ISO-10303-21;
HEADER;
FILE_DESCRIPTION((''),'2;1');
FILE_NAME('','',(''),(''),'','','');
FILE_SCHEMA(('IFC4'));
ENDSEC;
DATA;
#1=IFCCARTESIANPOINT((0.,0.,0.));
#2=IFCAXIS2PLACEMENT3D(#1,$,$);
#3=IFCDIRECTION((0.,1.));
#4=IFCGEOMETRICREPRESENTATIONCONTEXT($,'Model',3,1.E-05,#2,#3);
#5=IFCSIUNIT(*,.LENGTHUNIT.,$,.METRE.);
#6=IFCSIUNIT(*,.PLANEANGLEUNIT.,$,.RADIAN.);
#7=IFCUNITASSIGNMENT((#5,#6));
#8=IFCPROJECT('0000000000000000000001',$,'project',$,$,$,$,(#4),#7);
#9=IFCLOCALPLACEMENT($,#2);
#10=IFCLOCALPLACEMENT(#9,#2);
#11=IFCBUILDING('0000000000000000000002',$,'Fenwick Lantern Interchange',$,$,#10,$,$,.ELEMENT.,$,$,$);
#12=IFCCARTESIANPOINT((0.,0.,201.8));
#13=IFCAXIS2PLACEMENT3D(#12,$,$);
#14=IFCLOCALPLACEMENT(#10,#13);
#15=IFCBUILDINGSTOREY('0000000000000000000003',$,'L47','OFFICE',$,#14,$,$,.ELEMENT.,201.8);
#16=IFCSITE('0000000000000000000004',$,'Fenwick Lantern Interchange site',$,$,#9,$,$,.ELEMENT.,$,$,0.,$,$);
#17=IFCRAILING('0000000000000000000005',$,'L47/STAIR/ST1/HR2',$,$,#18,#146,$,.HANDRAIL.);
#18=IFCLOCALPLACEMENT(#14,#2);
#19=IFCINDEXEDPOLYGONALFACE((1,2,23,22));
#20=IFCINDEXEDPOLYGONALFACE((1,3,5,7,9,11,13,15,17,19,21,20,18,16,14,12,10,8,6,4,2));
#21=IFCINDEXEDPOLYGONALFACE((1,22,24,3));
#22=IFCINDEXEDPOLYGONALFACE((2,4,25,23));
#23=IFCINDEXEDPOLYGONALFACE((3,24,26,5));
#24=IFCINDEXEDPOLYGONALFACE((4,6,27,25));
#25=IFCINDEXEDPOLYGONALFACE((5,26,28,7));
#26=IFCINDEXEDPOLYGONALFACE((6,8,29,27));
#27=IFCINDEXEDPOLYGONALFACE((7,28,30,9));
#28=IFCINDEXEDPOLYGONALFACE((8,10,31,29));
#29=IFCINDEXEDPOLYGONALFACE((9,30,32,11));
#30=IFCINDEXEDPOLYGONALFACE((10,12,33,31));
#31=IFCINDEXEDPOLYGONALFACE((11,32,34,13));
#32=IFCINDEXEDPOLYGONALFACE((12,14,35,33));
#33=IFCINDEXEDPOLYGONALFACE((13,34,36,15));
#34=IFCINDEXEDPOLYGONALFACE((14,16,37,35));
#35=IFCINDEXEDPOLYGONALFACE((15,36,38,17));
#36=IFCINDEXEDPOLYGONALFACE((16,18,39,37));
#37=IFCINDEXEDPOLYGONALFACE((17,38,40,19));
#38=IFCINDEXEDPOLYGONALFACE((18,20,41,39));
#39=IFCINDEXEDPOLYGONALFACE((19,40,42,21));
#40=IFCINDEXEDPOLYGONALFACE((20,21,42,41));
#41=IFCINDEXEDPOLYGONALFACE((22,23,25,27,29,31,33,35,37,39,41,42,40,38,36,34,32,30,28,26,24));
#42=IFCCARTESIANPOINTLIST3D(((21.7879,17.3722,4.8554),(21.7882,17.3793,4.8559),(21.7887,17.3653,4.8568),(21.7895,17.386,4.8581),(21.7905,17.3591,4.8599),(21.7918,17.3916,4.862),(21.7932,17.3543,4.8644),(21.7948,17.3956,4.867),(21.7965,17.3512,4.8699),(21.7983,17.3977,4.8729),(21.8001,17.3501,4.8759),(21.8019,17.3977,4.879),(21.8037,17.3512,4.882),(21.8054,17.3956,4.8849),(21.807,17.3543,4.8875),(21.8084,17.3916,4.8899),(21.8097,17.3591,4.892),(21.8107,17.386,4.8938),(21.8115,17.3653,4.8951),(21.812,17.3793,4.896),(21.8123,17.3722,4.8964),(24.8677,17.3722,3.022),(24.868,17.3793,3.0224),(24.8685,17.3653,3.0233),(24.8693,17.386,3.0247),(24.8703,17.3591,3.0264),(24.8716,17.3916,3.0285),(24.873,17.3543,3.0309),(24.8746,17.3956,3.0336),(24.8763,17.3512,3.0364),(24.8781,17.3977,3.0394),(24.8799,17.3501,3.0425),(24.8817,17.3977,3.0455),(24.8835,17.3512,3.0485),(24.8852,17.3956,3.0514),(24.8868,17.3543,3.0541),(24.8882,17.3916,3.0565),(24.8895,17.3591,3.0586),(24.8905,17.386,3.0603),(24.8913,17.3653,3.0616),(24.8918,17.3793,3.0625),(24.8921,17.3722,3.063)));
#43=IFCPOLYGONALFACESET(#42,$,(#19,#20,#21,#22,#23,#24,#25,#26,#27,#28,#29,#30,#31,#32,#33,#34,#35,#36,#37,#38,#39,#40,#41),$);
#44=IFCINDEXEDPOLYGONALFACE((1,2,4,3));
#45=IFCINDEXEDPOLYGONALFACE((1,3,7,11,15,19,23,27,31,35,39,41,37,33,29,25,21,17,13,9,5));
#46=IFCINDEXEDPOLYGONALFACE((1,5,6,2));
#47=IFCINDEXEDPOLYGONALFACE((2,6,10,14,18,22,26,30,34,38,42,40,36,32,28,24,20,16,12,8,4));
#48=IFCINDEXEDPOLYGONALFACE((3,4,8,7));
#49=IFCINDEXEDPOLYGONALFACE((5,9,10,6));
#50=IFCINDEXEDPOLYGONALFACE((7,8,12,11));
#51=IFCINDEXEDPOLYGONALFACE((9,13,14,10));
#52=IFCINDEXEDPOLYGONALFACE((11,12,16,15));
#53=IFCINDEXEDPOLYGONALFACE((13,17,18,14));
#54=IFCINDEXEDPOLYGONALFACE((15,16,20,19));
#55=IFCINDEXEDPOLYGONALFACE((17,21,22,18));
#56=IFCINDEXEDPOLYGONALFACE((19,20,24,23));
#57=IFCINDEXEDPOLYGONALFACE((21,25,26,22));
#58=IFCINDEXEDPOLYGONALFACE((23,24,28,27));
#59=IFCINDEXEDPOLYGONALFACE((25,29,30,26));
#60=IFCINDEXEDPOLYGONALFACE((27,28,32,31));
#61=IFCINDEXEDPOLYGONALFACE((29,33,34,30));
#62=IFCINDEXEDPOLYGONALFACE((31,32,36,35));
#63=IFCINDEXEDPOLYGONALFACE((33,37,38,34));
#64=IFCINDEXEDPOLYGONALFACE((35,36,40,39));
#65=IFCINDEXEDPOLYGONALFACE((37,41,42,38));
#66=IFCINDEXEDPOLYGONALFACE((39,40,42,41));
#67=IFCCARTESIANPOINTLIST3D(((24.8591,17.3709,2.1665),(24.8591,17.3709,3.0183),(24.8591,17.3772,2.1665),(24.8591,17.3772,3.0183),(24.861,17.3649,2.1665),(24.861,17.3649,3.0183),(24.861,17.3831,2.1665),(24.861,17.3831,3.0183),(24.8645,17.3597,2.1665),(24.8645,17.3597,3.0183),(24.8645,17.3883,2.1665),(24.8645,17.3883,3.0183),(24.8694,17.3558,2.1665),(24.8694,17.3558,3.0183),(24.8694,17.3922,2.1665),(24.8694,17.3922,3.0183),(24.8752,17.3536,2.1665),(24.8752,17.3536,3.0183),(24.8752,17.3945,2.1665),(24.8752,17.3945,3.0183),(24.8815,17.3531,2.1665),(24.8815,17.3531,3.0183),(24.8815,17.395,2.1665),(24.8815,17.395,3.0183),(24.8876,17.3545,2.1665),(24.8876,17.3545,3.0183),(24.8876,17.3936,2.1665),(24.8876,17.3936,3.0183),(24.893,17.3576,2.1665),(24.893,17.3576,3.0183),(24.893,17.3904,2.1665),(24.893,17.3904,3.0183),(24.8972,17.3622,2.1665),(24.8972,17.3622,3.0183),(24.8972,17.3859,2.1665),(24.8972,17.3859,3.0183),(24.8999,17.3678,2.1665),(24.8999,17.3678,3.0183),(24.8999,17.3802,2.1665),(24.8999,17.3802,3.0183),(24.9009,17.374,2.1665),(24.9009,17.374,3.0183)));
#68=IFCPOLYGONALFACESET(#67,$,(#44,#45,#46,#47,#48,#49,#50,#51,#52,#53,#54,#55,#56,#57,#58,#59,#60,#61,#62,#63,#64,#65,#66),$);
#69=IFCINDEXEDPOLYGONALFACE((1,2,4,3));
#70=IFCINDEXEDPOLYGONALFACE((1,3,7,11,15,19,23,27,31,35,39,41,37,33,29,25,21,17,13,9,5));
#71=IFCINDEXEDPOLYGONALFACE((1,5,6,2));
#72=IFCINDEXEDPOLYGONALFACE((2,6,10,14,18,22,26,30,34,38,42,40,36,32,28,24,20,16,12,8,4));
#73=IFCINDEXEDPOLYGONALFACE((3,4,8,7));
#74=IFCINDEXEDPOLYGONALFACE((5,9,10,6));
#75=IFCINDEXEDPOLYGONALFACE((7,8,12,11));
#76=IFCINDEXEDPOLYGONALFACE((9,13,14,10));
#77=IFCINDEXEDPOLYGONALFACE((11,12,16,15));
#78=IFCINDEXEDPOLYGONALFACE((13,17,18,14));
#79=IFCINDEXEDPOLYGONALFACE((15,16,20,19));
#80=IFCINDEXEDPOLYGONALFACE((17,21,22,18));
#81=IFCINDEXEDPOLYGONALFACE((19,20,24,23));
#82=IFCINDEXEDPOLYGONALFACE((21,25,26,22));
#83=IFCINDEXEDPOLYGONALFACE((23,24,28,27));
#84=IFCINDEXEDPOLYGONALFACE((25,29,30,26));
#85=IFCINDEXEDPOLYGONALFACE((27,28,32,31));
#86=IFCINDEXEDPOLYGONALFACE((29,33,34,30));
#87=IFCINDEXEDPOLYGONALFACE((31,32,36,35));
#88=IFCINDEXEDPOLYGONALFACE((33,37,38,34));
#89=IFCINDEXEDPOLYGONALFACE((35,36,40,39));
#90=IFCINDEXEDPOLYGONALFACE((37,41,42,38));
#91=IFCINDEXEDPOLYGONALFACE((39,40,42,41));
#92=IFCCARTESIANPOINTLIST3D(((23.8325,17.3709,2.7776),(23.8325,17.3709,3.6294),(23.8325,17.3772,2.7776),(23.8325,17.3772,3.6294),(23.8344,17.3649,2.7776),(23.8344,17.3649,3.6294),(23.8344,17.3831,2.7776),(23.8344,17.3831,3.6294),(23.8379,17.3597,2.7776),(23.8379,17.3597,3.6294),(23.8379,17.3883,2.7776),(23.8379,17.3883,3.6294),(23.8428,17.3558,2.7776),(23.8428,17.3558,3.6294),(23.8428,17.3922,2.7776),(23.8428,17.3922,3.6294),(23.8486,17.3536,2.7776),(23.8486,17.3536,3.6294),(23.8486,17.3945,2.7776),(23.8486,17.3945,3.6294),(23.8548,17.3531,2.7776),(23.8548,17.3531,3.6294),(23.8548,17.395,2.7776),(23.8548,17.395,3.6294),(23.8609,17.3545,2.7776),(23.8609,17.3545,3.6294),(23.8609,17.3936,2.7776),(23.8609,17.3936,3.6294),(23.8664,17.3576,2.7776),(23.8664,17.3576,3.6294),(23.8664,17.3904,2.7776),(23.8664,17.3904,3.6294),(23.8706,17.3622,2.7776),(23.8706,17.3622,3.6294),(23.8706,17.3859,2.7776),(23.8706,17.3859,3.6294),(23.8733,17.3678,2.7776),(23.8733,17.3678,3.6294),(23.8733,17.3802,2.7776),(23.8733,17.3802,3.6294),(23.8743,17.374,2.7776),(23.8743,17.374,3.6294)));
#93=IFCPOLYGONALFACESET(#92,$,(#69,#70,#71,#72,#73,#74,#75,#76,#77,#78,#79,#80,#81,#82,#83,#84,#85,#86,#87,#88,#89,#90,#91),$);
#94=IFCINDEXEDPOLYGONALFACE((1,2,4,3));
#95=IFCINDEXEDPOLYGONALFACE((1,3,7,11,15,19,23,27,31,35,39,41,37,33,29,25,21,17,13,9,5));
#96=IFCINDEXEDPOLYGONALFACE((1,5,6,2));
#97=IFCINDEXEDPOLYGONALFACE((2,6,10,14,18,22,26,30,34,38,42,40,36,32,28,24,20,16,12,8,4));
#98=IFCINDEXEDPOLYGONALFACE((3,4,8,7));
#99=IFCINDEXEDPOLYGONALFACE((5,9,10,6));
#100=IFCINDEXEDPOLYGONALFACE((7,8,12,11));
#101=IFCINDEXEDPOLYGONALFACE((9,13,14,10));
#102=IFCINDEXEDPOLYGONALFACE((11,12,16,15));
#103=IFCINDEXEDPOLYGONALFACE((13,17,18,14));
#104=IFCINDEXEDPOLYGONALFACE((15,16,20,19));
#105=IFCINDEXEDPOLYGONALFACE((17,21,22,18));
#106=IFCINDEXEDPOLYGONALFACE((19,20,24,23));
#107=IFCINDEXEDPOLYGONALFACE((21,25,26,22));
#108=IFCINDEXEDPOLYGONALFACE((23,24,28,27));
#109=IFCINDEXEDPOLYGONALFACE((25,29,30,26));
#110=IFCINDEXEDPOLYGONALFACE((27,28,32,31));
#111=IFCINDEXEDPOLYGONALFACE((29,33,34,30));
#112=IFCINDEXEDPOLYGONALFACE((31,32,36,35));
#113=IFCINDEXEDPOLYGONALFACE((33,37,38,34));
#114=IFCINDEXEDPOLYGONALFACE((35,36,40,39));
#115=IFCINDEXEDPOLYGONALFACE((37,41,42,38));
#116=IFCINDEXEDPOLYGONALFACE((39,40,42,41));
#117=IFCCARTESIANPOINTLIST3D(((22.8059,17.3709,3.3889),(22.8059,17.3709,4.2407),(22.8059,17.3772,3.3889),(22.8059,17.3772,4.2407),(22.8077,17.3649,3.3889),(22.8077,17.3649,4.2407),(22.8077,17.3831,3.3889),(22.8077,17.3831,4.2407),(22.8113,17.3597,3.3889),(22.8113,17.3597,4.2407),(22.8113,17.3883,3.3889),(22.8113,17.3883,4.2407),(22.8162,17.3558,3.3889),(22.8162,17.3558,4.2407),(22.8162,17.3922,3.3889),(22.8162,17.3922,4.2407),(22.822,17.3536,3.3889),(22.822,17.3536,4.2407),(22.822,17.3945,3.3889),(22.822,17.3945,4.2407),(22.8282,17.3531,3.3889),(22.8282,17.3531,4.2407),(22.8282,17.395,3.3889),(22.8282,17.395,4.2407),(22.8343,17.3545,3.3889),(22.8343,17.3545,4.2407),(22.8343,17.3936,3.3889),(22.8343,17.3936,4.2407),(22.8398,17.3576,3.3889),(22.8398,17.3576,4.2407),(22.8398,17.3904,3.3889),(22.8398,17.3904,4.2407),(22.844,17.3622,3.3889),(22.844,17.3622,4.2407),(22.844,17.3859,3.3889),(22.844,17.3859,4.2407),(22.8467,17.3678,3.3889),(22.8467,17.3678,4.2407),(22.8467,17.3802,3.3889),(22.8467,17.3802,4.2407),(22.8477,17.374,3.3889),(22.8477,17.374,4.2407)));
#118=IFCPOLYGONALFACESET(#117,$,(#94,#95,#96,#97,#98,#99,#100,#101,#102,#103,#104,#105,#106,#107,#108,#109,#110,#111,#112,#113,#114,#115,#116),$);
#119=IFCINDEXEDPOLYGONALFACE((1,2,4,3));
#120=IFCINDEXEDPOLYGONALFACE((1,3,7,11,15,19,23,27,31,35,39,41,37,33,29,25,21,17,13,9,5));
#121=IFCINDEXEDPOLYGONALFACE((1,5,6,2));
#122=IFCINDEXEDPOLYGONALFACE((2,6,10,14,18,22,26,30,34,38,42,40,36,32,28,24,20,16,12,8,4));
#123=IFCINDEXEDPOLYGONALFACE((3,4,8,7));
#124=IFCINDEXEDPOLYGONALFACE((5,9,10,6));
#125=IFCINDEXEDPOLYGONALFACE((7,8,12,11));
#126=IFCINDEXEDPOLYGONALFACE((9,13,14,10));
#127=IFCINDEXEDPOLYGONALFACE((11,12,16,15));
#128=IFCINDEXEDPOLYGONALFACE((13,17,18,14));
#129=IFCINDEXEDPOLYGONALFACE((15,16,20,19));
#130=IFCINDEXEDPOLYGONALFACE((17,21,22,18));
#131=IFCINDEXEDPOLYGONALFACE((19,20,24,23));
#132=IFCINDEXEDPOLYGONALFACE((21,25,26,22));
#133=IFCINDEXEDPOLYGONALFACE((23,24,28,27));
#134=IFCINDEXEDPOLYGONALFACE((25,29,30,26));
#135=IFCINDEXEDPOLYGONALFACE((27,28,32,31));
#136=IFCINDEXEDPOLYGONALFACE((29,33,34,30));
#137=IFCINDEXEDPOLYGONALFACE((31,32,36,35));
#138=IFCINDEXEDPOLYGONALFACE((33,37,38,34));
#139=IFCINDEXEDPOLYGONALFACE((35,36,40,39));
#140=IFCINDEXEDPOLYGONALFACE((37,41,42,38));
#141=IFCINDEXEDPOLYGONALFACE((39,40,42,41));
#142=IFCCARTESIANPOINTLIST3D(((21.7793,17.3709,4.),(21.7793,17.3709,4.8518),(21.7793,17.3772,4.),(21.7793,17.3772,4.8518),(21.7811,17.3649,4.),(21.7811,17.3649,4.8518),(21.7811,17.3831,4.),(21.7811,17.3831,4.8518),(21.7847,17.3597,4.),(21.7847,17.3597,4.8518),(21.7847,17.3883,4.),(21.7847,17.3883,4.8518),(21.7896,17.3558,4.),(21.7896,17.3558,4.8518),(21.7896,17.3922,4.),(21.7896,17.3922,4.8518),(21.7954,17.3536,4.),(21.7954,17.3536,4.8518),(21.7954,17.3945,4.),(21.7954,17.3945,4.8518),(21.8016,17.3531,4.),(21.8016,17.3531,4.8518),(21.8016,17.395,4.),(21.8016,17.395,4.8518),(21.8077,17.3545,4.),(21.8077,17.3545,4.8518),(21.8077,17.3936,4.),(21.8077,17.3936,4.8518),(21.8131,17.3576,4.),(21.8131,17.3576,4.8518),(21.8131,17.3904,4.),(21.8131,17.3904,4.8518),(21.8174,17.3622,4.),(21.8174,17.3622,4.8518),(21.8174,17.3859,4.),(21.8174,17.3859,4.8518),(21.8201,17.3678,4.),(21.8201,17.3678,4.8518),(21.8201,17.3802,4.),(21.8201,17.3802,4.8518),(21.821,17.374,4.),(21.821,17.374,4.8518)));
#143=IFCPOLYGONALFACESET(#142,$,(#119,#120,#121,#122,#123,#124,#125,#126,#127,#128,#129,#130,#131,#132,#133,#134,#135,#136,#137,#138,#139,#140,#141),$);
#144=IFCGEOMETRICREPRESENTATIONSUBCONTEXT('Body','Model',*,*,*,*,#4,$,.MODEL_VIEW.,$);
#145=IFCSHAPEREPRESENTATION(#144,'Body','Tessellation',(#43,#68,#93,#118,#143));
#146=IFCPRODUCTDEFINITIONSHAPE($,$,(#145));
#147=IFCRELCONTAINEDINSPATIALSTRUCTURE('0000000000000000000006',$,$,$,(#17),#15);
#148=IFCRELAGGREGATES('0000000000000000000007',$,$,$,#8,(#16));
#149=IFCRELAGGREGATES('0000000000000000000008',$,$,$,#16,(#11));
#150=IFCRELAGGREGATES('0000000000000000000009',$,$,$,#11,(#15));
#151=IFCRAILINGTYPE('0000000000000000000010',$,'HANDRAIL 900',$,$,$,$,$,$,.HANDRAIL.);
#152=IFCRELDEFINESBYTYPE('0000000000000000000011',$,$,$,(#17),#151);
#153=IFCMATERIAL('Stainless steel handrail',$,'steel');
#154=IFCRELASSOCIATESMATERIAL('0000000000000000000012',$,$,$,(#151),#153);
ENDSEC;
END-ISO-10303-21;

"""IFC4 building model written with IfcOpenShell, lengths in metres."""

from ifc_helpers import new_model, si_unit, direction, frame, origin, origin_2d, place, context, subcontext, project, spatial, circle, extrude, material, type_object, element, save


model = new_model("IFC4")

# Units and contexts
model_context = context("Model", 3, precision=1e-05, world=origin(), true_north=direction((0.0, 1.0)))
body_context = subcontext(model_context, "Body", "Model", "MODEL_VIEW")
ifc_project = project(units=[si_unit("LENGTHUNIT", "METRE"), si_unit("PLANEANGLEUNIT", "RADIAN")], contexts=[model_context])

# Site, building, storey
site_placement = place(None, origin())
site = spatial("IfcSite", under=ifc_project, at=site_placement, Name="Fenwick Lantern Interchange site", CompositionType="ELEMENT", RefElevation=0.0)
building_placement = place(site_placement, origin())
building = spatial("IfcBuilding", under=site, at=building_placement, Name="Fenwick Lantern Interchange", CompositionType="ELEMENT")
storey_placement = place(building_placement, frame((0.0, 0.0, 201.8)))
storey = spatial("IfcBuildingStorey", under=building, at=storey_placement, Name="L47", Description="OFFICE", CompositionType="ELEMENT", Elevation=201.8)

# Railing
ifc_material_1 = material(Name="Stainless steel handrail", Category="steel")
railing_type = type_object("IfcRailingType", Name="HANDRAIL 900", PredefinedType="HANDRAIL", material=ifc_material_1)
railing_1_placement = place(storey_placement, frame((24.8799, 17.374, 2.1665)))
element("IfcRailing", 1, at=railing_1_placement, inside=storey, type_object=railing_type, Name="L47/STAIR/ST1/HR2", PredefinedType="HANDRAIL", context=body_context, shape_type="SweptSolid", body=[
    extrude(circle(Radius=0.0239, at=origin_2d()), frame((0.0, 0.0, 0.876), z_axis=(-0.859261, 0.0, 0.511538), x_axis=(0.0, -1.0, 0.0)), (0.0, 0.0, 1.0), 3.5842),
    extrude(circle(Radius=0.021, at=origin_2d()), origin(), (0.0, 0.0, 1.0), 0.8518),
    extrude(circle(Radius=0.021, at=origin_2d()), frame((-1.0266, 0.0, 0.6111)), (0.0, 0.0, 1.0), 0.8518),
    extrude(circle(Radius=0.021, at=origin_2d()), frame((-2.0532, 0.0, 1.2224)), (0.0, 0.0, 1.0), 0.8518),
    extrude(circle(Radius=0.021, at=origin_2d()), frame((-3.0798, 0.0, 1.8335)), (0.0, 0.0, 1.0), 0.8518),
])

save(model, "model.ifc")
